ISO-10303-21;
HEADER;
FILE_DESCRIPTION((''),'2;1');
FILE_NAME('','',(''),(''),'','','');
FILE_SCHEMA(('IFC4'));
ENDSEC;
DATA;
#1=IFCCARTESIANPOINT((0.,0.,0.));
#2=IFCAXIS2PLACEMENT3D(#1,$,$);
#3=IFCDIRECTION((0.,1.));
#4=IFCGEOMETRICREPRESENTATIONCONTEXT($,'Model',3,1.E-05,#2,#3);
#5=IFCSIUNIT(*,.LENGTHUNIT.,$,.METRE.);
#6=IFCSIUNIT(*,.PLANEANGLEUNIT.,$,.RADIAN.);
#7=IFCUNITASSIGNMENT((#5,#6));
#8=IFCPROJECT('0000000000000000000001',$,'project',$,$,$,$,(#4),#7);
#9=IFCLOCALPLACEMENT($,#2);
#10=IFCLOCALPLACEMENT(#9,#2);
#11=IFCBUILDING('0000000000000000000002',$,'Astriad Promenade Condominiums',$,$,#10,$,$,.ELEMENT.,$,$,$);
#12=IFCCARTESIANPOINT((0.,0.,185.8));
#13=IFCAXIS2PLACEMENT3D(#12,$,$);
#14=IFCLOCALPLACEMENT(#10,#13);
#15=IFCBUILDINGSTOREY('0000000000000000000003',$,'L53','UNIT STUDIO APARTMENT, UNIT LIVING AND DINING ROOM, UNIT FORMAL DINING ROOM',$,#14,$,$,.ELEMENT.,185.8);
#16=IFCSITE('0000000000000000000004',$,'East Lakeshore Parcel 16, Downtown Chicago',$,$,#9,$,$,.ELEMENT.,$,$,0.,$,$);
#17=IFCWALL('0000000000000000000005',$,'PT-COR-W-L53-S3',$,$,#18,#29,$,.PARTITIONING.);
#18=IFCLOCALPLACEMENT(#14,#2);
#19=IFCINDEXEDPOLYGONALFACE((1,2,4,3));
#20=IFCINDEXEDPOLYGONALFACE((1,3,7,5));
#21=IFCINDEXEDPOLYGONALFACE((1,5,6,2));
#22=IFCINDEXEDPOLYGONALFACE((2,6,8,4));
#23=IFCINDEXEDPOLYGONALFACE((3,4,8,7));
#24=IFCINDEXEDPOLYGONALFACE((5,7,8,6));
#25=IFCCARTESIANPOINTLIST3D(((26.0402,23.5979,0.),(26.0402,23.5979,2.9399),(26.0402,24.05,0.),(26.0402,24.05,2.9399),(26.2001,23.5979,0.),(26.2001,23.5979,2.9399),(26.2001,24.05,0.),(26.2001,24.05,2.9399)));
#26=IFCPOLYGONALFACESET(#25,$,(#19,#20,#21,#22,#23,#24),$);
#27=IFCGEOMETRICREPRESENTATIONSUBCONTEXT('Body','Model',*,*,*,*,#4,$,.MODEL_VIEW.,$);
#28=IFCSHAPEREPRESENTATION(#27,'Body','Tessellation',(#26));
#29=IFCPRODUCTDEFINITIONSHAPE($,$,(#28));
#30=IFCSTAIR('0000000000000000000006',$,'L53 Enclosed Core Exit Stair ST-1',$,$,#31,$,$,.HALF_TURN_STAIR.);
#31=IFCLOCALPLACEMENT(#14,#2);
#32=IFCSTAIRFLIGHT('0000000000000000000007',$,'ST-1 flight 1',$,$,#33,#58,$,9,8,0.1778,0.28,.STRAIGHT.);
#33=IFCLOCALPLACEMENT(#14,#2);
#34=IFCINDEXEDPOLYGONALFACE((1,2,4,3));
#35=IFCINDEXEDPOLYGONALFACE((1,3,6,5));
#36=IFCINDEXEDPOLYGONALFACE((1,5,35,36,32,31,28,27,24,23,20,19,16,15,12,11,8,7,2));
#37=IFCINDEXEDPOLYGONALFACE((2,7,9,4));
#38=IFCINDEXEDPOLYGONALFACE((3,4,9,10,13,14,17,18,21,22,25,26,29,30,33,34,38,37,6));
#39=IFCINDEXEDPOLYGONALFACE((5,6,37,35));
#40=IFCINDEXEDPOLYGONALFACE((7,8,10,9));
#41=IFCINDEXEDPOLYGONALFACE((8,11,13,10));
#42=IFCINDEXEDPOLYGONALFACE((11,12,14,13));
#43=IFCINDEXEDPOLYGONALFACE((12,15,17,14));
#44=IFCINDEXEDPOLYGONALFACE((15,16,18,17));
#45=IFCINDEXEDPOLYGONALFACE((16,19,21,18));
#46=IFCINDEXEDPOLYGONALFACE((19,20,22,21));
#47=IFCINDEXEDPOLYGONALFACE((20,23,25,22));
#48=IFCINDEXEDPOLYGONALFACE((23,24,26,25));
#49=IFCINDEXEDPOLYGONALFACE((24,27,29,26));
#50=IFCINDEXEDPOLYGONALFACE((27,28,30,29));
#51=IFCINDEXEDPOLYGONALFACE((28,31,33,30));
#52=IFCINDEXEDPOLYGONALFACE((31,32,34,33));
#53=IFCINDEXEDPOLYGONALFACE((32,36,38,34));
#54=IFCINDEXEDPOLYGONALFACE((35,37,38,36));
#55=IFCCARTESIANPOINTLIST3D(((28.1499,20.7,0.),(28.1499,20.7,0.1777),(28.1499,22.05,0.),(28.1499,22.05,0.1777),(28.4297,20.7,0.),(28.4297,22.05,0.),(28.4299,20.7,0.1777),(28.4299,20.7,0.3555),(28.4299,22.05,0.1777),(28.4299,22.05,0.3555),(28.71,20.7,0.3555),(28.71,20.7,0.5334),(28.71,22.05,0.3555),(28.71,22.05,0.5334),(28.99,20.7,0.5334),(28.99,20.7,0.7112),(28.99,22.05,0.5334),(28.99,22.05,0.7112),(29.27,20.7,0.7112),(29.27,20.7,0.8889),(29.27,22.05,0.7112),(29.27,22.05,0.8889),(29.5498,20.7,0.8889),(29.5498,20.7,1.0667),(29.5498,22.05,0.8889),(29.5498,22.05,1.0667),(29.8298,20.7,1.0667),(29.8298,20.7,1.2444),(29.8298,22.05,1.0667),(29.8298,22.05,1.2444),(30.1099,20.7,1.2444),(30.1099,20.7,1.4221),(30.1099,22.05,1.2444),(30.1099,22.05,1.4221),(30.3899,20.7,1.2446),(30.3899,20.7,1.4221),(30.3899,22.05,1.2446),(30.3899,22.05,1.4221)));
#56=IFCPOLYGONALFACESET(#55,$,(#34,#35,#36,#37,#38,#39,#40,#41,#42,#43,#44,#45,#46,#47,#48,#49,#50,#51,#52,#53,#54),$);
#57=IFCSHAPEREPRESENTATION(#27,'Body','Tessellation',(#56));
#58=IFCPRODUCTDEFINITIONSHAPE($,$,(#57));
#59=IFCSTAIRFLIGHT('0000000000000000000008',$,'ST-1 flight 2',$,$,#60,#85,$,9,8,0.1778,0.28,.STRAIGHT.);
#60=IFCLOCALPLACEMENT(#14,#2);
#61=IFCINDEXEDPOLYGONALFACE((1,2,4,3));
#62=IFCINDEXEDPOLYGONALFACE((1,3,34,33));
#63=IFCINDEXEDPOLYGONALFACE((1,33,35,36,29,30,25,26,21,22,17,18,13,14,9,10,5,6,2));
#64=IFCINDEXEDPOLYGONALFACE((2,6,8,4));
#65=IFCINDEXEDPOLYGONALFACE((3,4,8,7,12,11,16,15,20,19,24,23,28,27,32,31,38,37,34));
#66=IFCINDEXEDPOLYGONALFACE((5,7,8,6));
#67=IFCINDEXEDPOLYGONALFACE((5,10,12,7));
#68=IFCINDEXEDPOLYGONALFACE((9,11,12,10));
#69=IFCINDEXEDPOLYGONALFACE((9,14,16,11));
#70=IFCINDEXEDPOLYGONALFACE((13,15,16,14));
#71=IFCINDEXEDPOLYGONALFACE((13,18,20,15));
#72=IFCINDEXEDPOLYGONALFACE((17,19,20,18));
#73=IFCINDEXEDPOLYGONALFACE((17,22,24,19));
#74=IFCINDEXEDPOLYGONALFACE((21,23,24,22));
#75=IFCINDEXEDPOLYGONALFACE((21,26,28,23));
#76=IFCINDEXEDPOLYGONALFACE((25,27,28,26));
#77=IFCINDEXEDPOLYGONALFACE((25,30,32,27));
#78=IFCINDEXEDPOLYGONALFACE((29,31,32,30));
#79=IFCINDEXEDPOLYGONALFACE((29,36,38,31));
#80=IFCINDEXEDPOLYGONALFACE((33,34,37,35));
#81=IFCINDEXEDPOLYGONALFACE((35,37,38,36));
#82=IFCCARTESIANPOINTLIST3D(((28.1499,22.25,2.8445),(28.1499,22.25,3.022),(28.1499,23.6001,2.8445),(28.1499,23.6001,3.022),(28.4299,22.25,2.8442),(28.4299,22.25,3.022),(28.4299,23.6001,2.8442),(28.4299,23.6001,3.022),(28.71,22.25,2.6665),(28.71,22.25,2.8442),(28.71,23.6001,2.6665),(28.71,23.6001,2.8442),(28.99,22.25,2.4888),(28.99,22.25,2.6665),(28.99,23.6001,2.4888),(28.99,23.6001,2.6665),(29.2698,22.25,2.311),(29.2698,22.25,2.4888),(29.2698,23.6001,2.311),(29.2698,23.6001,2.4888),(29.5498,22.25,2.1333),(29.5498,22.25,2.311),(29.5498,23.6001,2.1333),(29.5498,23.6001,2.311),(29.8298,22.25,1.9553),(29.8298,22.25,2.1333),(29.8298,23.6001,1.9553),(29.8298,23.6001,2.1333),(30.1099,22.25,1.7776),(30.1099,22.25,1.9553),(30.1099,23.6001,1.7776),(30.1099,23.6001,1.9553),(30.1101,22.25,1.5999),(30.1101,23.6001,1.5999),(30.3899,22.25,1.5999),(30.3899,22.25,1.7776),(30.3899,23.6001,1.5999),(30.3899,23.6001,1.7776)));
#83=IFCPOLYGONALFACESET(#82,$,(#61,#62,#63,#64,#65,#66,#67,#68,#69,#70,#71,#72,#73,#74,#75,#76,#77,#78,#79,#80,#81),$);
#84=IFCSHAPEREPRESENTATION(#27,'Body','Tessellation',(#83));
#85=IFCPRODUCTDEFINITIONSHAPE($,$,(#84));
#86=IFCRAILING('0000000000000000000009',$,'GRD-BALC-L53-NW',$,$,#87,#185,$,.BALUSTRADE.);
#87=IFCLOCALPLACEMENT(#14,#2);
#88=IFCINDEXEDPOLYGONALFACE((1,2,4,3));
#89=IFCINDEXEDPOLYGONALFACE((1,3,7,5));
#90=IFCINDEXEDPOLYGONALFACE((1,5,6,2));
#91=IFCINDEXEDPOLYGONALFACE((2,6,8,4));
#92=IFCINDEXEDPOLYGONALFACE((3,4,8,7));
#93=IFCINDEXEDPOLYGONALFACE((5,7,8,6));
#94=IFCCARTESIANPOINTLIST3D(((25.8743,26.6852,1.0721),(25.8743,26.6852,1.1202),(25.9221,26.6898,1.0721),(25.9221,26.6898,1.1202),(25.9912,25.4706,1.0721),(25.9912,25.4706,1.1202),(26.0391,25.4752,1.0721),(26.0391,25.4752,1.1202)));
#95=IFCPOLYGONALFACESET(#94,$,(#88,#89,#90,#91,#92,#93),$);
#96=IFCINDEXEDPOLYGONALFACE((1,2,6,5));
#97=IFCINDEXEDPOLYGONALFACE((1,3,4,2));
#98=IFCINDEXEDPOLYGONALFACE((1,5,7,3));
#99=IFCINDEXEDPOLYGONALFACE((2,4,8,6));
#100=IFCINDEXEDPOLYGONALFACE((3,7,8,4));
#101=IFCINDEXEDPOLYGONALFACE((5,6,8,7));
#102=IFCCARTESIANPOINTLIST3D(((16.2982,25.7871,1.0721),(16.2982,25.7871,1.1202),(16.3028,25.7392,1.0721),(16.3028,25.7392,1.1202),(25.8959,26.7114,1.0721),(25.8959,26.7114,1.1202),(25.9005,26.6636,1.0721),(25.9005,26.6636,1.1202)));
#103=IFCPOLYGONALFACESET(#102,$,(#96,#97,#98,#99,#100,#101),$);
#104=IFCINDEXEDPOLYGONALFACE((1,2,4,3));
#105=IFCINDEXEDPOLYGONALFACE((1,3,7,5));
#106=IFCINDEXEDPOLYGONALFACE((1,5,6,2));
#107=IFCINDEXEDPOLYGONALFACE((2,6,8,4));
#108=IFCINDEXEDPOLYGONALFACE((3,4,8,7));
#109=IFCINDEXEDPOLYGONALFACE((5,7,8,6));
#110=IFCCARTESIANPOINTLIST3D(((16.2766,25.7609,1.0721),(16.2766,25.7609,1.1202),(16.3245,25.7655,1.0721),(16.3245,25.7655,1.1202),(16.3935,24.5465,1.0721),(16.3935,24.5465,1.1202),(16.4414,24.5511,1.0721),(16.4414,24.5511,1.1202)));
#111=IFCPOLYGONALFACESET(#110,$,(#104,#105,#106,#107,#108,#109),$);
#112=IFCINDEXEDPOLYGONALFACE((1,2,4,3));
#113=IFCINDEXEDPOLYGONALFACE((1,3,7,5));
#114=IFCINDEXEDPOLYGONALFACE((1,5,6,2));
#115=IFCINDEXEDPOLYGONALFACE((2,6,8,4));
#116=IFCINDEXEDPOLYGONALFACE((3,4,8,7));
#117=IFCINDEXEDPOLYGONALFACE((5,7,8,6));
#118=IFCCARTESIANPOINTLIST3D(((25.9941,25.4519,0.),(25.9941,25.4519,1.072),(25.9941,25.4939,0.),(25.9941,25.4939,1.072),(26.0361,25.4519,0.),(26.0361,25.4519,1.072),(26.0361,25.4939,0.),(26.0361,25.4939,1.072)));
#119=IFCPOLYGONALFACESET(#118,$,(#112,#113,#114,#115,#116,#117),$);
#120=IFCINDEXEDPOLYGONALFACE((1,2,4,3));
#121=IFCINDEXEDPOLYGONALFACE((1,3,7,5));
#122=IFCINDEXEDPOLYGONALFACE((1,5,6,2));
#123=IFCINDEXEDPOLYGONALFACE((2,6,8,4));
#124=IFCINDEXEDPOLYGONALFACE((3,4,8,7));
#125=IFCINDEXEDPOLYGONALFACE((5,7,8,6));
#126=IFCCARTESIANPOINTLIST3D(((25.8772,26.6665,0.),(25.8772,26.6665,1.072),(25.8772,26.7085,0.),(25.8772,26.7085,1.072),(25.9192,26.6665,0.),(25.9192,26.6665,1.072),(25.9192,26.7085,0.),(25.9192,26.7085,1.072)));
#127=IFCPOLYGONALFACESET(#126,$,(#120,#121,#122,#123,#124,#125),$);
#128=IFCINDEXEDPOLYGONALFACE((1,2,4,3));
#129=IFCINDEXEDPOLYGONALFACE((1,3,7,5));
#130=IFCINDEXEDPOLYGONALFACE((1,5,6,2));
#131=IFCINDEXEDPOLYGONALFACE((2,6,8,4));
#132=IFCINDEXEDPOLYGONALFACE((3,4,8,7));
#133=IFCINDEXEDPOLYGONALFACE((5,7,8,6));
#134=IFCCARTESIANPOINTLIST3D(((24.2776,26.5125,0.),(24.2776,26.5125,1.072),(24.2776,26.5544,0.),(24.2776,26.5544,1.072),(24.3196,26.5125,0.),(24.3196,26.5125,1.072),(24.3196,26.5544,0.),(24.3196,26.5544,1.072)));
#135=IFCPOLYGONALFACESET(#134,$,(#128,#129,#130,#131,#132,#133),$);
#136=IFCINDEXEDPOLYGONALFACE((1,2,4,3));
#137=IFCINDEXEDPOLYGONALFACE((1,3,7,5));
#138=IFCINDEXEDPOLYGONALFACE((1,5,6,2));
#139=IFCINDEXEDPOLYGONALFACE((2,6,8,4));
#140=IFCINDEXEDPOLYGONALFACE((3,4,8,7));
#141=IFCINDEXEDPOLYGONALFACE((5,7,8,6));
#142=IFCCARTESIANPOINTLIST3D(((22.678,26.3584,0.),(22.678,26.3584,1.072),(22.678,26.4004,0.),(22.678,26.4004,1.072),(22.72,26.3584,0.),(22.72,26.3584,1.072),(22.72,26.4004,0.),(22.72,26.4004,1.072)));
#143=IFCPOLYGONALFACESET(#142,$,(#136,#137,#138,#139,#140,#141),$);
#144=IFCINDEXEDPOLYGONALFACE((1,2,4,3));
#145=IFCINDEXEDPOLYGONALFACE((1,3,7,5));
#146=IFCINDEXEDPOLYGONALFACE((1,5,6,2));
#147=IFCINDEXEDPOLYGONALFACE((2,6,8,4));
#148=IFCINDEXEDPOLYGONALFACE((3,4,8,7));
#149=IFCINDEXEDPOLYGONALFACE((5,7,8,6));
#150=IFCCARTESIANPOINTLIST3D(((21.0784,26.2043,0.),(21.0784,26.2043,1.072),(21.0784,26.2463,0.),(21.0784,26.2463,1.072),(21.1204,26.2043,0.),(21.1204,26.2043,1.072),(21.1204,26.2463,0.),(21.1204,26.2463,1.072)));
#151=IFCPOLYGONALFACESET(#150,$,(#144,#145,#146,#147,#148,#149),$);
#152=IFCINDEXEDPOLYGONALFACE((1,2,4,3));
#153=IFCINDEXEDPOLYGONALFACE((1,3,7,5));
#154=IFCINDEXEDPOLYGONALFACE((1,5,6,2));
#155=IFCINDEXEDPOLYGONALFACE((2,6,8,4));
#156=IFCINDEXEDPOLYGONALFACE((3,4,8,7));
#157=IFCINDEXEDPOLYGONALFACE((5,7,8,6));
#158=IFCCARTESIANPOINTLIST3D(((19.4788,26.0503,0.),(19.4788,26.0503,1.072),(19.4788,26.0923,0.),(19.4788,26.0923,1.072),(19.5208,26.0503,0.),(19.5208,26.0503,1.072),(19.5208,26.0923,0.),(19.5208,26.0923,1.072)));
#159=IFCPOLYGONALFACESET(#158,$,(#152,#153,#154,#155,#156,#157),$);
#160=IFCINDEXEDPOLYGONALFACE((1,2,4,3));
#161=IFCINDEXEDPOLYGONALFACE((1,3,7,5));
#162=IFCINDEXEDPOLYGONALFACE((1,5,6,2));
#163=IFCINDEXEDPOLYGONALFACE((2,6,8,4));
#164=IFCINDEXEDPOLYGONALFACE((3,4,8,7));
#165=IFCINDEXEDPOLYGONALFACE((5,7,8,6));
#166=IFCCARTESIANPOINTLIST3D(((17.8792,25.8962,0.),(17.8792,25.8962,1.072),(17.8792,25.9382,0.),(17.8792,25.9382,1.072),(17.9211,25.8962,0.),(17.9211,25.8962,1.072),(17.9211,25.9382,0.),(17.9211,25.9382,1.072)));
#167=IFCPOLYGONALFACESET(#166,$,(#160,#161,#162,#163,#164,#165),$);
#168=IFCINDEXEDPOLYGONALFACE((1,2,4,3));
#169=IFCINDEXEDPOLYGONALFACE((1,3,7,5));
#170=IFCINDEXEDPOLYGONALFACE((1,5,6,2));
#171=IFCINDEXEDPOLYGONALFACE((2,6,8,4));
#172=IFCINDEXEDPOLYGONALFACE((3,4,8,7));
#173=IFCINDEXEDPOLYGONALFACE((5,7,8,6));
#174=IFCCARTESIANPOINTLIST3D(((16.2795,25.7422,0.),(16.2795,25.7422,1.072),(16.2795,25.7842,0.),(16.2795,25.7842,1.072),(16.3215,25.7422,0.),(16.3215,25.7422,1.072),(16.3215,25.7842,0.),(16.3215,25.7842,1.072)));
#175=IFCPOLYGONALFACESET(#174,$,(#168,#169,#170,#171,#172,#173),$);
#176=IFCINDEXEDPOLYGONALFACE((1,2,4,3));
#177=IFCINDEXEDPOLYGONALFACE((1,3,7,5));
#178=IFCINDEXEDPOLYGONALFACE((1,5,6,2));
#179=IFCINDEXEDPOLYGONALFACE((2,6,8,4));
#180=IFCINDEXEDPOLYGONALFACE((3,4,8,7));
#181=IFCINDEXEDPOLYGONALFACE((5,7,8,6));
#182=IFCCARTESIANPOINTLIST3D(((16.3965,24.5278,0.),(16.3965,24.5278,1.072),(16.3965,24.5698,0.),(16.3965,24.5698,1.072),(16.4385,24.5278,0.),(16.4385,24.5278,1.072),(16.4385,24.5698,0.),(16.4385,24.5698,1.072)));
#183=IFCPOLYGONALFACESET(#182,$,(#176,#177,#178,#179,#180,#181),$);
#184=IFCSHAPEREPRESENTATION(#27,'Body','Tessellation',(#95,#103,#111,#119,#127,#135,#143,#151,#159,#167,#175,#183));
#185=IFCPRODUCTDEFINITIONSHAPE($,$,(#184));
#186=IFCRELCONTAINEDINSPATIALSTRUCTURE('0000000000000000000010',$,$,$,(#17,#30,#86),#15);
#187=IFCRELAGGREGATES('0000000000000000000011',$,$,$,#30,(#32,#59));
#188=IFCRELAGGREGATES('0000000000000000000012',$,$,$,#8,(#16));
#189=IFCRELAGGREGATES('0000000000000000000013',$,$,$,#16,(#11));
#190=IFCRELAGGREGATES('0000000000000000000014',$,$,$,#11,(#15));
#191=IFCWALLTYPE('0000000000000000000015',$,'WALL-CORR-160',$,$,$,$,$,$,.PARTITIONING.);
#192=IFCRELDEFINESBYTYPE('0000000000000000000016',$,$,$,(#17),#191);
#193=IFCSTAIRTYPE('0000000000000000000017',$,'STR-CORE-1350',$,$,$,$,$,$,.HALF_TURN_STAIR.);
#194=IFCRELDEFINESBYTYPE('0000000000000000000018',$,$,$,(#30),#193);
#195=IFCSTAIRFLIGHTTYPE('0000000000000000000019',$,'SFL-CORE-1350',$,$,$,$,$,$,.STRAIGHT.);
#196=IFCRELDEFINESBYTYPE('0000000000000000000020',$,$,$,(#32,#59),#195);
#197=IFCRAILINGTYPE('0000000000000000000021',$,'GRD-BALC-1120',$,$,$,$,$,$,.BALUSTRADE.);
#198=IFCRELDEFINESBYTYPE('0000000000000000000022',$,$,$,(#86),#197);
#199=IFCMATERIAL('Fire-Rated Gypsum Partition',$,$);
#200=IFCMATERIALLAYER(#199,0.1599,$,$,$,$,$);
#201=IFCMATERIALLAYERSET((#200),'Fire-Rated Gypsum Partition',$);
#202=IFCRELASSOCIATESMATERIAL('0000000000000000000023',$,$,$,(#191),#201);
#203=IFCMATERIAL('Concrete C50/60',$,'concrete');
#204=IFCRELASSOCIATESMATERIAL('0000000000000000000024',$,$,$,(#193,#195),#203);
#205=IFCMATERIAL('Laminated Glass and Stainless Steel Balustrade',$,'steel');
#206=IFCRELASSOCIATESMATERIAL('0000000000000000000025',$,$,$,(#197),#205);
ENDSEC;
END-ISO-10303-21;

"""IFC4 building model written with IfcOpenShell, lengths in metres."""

from ifc_helpers import new_model, si_unit, direction, frame, frame_2d, origin, origin_2d, place, context, subcontext, project, spatial, polyline, rectangle, outline, extrude, source, transform, mapped, material, layer, layer_set, type_object, type_shapes, element, aggregate, save


model = new_model("IFC4")

# Units and contexts
model_context = context("Model", 3, precision=1e-05, world=origin(), true_north=direction((0.0, 1.0)))
body_context = subcontext(model_context, "Body", "Model", "MODEL_VIEW")
ifc_project = project(units=[si_unit("LENGTHUNIT", "METRE"), si_unit("PLANEANGLEUNIT", "RADIAN")], contexts=[model_context])

# Site, building, storey
site_placement = place(None, origin())
site = spatial("IfcSite", under=ifc_project, at=site_placement, Name="East Lakeshore Parcel 16, Downtown Chicago", CompositionType="ELEMENT", RefElevation=0.0)
building_placement = place(site_placement, origin())
building = spatial("IfcBuilding", under=site, at=building_placement, Name="Astriad Promenade Condominiums", CompositionType="ELEMENT")
storey_placement = place(building_placement, frame((0.0, 0.0, 185.8)))
storey = spatial("IfcBuildingStorey", under=building, at=storey_placement, Name="L53", Description="UNIT STUDIO APARTMENT, UNIT LIVING AND DINING ROOM, UNIT FORMAL DINING ROOM", CompositionType="ELEMENT", Elevation=185.8)

# Shared definitions
ifc_material_1 = material(Name="Concrete C50/60", Category="concrete")

# Wall
ifc_material_2 = material(Name="Fire-Rated Gypsum Partition")
ifc_layer_1 = layer(ifc_material_2, 0.1599)
ifc_layer_set_1 = layer_set([ifc_layer_1], Name="Fire-Rated Gypsum Partition")
wall_type_1 = type_object("IfcWallType", Name="WALL-CORR-160", PredefinedType="PARTITIONING", material=ifc_layer_set_1)
wall_1_placement = place(storey_placement, frame((26.1201, 23.5979, 0.0), z_axis=(0.0, 0.0, 1.0), x_axis=(0.0, 1.0, 0.0)))
element("IfcWall", 1, at=wall_1_placement, inside=storey, type_object=wall_type_1, Name="PT-COR-W-L53-S3", PredefinedType="PARTITIONING", context=body_context, shape_type="SweptSolid", body=[
    extrude(rectangle(XDim=0.4521, YDim=0.1599, at=frame_2d((0.2261, 0.0))), origin(), (0.0, 0.0, 1.0), 2.9399),
])

# Stair, stair flights
stair_type = type_object("IfcStairType", Name="STR-CORE-1350", PredefinedType="HALF_TURN_STAIR", material=ifc_material_1)
stair_placement = place(storey_placement, origin())
stair = element("IfcStair", 2, at=stair_placement, inside=storey, type_object=stair_type, Name="L53 Enclosed Core Exit Stair ST-1", PredefinedType="HALF_TURN_STAIR")
stair_flight_type = type_object("IfcStairFlightType", Name="SFL-CORE-1350", PredefinedType="STRAIGHT", material=ifc_material_1)
shared_shape_1 = source(origin(), body_context, "Body", "SweptSolid", [
    extrude(outline(polyline([(0.0, 0.0), (0.0, 0.1777), (0.28, 0.1777), (0.28, 0.3555), (0.5601, 0.3555), (0.5601, 0.5334), (0.8401, 0.5334), (0.8401, 0.7112), (1.1201, 0.7112), (1.1201, 0.8889), (1.3999, 0.8889), (1.3999, 1.0667), (1.6799, 1.0667), (1.6799, 1.2444), (1.96, 1.2444), (1.96, 1.4221), (2.24, 1.4221), (2.24, 1.6001), (2.24, 1.2446), (0.2798, 0.0), (0.0, 0.0)])), frame((0.0, 0.675, 0.0), z_axis=(0.0, -1.0, 0.0), x_axis=(1.0, 0.0, 0.0)), (0.0, 0.0, 1.0), 1.3501),
])
type_shapes(stair_flight_type, [shared_shape_1])
stair_flight_1_placement = place(storey_placement, frame((28.1499, 21.375, 0.0), z_axis=(0.0, 0.0, 1.0), x_axis=(1.0, 0.0, 0.0)))
stair_flight_1 = element("IfcStairFlight", 3, at=stair_flight_1_placement, type_object=stair_flight_type, Name="ST-1 flight 1", NumberOfRisers=9, NumberOfTreads=8, PredefinedType="STRAIGHT", RiserHeight=0.1778, TreadLength=0.28, context=body_context, shape_type="MappedRepresentation", body=[
    mapped(shared_shape_1, transform((0.0, 0.0, 0.0), scale=1.0)),
])
stair_flight_2_placement = place(storey_placement, frame((30.3899, 22.925, 1.5999), z_axis=(0.0, 0.0, 1.0), x_axis=(-1.0, 0.0, 0.0)))
stair_flight_2 = element("IfcStairFlight", 4, at=stair_flight_2_placement, type_object=stair_flight_type, Name="ST-1 flight 2", NumberOfRisers=9, NumberOfTreads=8, PredefinedType="STRAIGHT", RiserHeight=0.1778, TreadLength=0.28, context=body_context, shape_type="MappedRepresentation", body=[
    mapped(shared_shape_1, transform((0.0, 0.0, 0.0), scale=1.0)),
])
aggregate(stair, [stair_flight_1, stair_flight_2])

# Railing
ifc_material_3 = material(Name="Laminated Glass and Stainless Steel Balustrade", Category="steel")
railing_type_1 = type_object("IfcRailingType", Name="GRD-BALC-1120", PredefinedType="BALUSTRADE", material=ifc_material_3)
shared_shape_2 = source(origin(), body_context, "Body", "SweptSolid", [
    extrude(rectangle(XDim=0.0481, YDim=0.0481, at=origin_2d()), frame((0.0, 0.0, 1.0962), z_axis=(-0.095838, 0.995397, 0.0), x_axis=(-0.995397, -0.095838, 0.0)), (0.0, 0.0, 1.0), 1.2202),
    extrude(rectangle(XDim=0.0481, YDim=0.0481, at=origin_2d()), frame((-0.1169, 1.2146, 1.0962), z_axis=(-0.995395, -0.095863, 0.0), x_axis=(0.095863, -0.995395, 0.0)), (0.0, 0.0, 1.0), 9.6421),
    extrude(rectangle(XDim=0.0481, YDim=0.0481, at=origin_2d()), frame((-9.7146, 0.2903, 1.0962), z_axis=(0.095857, -0.995395, 0.0), x_axis=(0.995395, 0.095857, 0.0)), (0.0, 0.0, 1.0), 1.22),
    extrude(rectangle(XDim=0.042, YDim=0.042, at=origin_2d()), origin(), (0.0, 0.0, 1.0), 1.072),
    extrude(rectangle(XDim=0.042, YDim=0.042, at=origin_2d()), frame((-0.1169, 1.2146, 0.0)), (0.0, 0.0, 1.0), 1.072),
    extrude(rectangle(XDim=0.042, YDim=0.042, at=origin_2d()), frame((-1.7166, 1.0605, 0.0)), (0.0, 0.0, 1.0), 1.072),
    extrude(rectangle(XDim=0.042, YDim=0.042, at=origin_2d()), frame((-3.3162, 0.9065, 0.0)), (0.0, 0.0, 1.0), 1.072),
    extrude(rectangle(XDim=0.042, YDim=0.042, at=origin_2d()), frame((-4.9158, 0.7524, 0.0)), (0.0, 0.0, 1.0), 1.072),
    extrude(rectangle(XDim=0.042, YDim=0.042, at=origin_2d()), frame((-6.5154, 0.5984, 0.0)), (0.0, 0.0, 1.0), 1.072),
    extrude(rectangle(XDim=0.042, YDim=0.042, at=origin_2d()), frame((-8.115, 0.4443, 0.0)), (0.0, 0.0, 1.0), 1.072),
    extrude(rectangle(XDim=0.042, YDim=0.042, at=origin_2d()), frame((-9.7146, 0.2903, 0.0)), (0.0, 0.0, 1.0), 1.072),
    extrude(rectangle(XDim=0.042, YDim=0.042, at=origin_2d()), frame((-9.5977, -0.9241, 0.0)), (0.0, 0.0, 1.0), 1.072),
])
type_shapes(railing_type_1, [shared_shape_2])
railing_1_placement = place(storey_placement, frame((26.0151, 25.4729, 0.0)))
element("IfcRailing", 5, at=railing_1_placement, inside=storey, type_object=railing_type_1, Name="GRD-BALC-L53-NW", PredefinedType="BALUSTRADE", context=body_context, shape_type="MappedRepresentation", body=[
    mapped(shared_shape_2, transform((0.0, 0.0, 0.0), scale=1.0)),
])

save(model, "model.ifc")
